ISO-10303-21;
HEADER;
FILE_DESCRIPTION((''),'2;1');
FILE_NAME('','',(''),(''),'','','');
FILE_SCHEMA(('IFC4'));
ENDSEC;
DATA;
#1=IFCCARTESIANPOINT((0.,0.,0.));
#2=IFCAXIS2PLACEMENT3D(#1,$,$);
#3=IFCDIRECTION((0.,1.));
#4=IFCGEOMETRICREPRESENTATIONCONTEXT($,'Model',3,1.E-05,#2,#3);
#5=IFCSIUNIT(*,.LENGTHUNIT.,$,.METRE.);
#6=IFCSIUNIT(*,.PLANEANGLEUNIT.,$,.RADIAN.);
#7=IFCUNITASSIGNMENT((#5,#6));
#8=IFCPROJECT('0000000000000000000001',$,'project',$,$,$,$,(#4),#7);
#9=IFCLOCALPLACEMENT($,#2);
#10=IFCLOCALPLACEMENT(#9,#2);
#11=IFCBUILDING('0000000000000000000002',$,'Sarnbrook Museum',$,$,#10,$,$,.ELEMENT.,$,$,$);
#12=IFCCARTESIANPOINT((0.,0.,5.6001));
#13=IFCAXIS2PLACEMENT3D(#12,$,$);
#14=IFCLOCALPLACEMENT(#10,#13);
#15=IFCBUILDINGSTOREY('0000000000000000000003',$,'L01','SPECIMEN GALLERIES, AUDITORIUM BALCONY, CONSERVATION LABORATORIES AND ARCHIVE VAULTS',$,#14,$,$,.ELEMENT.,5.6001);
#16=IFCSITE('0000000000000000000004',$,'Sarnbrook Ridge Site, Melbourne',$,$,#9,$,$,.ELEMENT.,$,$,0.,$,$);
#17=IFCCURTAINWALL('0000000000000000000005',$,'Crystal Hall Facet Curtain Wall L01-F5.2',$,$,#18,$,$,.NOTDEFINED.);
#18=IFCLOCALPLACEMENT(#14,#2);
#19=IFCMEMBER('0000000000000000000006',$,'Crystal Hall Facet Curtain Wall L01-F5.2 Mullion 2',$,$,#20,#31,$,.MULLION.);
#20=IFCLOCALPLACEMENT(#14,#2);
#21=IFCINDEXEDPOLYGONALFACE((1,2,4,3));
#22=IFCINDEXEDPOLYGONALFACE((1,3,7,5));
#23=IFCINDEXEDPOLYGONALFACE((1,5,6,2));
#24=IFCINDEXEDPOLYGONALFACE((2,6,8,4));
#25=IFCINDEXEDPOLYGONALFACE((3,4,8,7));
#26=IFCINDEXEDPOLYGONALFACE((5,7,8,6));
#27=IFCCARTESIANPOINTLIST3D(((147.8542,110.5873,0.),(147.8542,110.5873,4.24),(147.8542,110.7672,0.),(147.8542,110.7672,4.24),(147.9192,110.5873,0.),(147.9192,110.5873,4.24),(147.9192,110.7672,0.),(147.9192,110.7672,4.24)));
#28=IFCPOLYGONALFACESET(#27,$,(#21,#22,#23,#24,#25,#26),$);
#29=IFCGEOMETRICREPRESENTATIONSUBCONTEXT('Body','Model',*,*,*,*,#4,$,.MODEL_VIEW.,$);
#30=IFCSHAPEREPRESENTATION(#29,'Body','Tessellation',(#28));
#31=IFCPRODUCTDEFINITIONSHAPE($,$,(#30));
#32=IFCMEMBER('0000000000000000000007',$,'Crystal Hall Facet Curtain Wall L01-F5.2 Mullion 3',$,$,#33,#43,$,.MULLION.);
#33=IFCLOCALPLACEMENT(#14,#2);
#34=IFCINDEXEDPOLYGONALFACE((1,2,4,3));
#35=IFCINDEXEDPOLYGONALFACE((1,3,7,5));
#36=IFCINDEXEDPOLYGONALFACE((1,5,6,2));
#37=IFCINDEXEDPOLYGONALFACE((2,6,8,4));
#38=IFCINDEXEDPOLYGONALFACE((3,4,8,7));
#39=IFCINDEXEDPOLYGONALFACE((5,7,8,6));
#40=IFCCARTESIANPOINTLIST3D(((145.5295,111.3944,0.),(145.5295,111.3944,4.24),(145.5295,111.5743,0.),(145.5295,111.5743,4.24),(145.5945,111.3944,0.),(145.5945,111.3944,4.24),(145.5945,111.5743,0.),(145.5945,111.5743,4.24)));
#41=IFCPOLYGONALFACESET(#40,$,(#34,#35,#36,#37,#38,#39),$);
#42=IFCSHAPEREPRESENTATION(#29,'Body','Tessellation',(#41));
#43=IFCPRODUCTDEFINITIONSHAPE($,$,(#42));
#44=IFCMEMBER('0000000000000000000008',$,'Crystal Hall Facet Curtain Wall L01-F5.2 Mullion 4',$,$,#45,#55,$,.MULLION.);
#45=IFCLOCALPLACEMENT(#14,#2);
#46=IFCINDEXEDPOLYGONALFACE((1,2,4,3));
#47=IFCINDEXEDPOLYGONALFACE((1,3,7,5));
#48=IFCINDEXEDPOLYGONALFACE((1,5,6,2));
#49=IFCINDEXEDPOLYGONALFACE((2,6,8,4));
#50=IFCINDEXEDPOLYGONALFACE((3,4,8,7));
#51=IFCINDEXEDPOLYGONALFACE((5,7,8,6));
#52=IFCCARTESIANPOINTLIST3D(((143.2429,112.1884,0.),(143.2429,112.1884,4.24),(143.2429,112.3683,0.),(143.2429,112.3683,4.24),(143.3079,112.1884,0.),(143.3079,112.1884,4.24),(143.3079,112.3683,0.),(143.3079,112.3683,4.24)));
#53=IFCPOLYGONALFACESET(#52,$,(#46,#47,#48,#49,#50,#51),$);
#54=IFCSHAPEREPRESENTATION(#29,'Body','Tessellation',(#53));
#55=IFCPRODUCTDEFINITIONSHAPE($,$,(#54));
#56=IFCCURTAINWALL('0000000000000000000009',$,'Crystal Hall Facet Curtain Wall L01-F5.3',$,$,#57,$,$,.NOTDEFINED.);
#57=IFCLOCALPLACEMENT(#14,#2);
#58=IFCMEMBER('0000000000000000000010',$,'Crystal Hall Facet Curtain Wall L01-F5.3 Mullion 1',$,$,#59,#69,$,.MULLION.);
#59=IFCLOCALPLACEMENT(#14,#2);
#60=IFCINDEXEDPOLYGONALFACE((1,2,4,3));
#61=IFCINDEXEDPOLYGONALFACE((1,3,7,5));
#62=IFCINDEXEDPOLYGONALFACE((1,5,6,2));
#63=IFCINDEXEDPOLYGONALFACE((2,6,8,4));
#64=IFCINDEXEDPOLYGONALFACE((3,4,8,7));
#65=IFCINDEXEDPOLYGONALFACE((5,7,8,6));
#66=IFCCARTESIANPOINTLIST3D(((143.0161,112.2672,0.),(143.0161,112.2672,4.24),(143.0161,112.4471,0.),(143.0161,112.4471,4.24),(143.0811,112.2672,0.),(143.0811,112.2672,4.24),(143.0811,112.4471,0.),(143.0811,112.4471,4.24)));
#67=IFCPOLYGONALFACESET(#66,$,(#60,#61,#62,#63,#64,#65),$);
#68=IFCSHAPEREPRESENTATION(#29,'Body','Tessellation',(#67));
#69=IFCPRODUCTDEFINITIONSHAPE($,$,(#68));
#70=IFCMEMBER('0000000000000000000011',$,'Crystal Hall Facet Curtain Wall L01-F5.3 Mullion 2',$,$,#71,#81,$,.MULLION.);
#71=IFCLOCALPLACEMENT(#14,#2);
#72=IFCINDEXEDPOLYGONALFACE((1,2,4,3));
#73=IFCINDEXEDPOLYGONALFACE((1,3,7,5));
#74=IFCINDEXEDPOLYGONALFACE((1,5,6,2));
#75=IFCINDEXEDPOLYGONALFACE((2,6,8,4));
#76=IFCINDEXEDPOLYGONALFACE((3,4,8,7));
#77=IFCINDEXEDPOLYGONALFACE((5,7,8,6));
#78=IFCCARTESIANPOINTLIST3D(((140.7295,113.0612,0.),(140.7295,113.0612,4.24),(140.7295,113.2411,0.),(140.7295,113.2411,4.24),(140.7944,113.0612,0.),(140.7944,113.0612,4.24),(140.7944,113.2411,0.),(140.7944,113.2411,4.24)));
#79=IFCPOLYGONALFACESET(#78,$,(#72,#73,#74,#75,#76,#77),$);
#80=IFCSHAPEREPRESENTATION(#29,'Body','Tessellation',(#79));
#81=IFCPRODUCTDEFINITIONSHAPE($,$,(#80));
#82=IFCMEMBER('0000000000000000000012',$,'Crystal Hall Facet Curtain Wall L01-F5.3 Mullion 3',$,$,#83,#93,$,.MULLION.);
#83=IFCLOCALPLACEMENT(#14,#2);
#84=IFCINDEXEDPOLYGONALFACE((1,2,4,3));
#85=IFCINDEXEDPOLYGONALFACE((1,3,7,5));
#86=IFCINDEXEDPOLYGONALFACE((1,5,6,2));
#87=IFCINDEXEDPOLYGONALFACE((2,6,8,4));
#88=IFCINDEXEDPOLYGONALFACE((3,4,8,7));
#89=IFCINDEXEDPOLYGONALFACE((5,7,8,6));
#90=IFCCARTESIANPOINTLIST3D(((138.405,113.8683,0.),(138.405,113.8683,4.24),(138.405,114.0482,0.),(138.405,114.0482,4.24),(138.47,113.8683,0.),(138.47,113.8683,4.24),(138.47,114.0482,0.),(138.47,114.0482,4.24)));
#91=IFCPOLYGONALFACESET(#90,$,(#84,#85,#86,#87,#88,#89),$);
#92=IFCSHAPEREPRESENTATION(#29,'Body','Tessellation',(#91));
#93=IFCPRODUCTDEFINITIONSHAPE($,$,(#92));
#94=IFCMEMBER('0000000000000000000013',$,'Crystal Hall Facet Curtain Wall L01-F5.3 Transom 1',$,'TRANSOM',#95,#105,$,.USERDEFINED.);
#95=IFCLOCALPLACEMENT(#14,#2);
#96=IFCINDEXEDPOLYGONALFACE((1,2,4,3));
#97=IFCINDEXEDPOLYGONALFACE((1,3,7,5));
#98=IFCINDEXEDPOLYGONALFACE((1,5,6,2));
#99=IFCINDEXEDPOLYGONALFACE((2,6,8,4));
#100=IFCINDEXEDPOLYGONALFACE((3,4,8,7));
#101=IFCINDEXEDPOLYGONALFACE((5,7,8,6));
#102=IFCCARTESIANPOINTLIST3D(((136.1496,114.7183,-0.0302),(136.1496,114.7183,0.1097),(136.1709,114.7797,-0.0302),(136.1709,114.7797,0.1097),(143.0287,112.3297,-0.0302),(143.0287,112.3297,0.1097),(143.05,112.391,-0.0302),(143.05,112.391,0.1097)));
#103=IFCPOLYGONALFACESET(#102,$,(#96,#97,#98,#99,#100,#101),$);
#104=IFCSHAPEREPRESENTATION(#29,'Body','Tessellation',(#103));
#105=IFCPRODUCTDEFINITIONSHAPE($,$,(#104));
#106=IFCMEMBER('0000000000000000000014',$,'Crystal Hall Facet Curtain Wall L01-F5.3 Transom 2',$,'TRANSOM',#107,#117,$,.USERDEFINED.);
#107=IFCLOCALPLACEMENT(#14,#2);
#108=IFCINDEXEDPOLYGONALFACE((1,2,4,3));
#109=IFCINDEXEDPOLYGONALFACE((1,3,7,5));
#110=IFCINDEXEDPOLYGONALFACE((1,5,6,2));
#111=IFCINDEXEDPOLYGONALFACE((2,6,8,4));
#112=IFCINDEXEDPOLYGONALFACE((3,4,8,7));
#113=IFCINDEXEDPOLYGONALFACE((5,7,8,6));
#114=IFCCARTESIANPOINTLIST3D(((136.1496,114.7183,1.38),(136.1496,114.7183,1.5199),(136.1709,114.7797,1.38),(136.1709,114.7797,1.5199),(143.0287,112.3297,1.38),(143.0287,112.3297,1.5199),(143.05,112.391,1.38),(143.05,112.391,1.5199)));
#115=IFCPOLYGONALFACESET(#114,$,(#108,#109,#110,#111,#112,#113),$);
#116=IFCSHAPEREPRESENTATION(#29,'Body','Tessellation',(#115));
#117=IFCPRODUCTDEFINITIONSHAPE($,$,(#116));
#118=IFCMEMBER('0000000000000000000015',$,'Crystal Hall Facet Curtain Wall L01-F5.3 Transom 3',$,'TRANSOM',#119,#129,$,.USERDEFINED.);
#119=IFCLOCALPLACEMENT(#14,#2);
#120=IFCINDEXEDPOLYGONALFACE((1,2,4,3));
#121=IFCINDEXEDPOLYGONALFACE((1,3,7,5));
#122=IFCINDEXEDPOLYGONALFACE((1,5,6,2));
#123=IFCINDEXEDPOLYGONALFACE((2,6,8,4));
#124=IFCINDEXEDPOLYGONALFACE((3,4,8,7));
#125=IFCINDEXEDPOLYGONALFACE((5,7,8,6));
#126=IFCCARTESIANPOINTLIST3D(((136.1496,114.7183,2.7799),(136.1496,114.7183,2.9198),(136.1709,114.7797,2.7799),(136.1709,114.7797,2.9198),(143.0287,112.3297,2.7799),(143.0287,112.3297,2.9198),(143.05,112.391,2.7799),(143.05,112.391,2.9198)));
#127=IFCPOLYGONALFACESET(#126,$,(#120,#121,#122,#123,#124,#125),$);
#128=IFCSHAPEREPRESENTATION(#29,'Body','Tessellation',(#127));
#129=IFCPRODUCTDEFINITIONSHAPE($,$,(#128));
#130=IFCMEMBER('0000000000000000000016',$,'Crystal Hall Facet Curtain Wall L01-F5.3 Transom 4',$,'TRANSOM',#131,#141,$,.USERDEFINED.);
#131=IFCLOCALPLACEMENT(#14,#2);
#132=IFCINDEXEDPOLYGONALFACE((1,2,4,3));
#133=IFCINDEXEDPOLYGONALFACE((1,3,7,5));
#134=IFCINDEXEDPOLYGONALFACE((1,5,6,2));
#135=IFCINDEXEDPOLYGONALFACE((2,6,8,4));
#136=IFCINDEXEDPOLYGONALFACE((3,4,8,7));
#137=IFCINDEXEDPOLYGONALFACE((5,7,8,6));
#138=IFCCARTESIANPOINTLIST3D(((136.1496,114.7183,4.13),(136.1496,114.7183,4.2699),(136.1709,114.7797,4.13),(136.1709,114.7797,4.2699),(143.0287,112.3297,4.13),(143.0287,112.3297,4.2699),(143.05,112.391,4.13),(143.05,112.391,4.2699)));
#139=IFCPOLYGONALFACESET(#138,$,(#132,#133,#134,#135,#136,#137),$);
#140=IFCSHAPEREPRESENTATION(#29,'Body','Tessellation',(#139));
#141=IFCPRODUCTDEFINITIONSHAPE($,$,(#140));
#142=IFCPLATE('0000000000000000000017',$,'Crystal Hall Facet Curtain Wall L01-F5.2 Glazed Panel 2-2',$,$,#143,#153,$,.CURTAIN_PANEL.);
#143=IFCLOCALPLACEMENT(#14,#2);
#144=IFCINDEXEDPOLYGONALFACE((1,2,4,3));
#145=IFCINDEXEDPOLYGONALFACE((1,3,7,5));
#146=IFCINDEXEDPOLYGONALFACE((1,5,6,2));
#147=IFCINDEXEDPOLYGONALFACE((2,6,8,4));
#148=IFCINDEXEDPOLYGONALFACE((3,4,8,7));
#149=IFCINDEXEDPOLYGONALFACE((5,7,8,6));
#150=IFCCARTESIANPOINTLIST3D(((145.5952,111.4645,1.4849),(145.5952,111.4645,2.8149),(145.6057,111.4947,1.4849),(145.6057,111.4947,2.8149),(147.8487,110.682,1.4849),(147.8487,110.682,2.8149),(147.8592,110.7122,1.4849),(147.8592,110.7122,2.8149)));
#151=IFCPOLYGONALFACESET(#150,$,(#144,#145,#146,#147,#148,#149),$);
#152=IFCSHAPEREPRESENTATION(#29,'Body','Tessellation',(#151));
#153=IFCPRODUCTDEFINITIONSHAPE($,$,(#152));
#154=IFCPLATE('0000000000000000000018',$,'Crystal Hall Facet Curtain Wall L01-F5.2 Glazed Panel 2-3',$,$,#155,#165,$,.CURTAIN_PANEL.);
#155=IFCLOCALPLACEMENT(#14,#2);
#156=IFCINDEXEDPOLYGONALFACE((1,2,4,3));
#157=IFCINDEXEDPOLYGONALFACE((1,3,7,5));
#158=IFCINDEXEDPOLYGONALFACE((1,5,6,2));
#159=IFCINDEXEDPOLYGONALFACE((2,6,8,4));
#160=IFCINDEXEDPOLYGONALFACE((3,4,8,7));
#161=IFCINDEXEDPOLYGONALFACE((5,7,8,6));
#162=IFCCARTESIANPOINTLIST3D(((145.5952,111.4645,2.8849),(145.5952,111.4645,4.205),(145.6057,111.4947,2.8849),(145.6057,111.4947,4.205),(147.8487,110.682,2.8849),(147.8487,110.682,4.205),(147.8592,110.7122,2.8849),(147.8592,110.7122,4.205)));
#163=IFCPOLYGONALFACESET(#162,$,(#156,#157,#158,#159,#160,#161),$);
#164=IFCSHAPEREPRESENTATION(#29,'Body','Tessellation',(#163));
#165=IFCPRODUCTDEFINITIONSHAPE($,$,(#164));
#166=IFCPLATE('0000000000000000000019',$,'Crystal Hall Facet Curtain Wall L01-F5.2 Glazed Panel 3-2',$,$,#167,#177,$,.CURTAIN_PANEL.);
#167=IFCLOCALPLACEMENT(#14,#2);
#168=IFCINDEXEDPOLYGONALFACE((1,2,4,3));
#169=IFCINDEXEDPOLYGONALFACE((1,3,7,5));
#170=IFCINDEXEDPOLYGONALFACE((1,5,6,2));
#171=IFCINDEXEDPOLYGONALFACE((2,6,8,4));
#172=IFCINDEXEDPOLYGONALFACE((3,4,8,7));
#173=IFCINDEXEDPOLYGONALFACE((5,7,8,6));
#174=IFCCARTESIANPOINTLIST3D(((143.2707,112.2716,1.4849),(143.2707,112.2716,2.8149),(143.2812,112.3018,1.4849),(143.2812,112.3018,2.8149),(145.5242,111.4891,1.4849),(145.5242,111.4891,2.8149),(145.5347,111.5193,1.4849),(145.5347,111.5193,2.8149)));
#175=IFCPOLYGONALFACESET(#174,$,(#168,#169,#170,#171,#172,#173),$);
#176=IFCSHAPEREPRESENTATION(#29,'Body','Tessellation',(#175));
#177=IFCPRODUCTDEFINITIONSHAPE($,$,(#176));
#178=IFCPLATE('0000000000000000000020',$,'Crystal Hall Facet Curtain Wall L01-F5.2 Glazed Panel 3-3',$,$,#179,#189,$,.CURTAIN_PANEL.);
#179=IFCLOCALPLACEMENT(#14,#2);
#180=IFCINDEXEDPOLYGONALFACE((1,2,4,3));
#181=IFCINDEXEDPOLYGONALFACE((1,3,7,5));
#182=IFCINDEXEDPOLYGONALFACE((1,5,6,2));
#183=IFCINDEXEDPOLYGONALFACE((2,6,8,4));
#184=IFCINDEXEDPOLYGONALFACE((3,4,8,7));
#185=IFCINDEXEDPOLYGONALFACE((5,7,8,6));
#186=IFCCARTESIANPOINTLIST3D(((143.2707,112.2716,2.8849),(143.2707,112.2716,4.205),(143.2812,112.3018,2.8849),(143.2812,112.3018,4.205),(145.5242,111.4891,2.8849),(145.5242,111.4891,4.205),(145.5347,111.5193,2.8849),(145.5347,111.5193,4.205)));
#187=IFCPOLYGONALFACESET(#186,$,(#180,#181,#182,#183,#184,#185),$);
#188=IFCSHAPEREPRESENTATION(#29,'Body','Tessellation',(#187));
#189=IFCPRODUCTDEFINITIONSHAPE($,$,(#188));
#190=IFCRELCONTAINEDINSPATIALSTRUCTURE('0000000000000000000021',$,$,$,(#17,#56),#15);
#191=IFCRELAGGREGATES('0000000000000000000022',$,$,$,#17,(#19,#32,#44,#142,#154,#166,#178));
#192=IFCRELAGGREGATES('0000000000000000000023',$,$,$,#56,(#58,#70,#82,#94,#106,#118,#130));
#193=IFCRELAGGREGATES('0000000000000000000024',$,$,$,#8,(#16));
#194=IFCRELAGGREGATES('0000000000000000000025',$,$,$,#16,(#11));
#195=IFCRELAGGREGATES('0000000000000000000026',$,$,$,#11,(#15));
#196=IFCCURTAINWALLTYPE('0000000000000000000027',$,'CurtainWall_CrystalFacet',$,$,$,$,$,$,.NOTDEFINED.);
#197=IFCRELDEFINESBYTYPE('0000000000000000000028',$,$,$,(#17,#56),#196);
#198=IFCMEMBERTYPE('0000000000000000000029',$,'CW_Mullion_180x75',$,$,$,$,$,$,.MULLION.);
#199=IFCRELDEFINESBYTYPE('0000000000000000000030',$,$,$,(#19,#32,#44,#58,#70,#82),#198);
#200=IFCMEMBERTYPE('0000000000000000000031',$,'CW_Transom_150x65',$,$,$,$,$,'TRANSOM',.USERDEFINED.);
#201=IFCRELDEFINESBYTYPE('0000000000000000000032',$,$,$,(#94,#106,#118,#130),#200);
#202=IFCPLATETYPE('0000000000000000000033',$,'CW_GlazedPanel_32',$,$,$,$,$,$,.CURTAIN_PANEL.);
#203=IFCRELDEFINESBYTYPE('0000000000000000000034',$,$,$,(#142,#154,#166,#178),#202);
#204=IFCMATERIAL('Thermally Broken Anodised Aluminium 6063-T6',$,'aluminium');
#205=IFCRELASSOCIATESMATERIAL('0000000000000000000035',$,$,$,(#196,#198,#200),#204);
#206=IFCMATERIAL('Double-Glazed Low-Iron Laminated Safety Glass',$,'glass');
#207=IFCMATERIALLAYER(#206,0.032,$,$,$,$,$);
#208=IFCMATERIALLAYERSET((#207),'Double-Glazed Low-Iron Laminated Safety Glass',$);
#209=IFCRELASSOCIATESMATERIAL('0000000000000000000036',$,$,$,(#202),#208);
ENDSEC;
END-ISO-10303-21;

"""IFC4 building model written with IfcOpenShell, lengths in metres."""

from ifc_helpers import new_model, si_unit, direction, frame, origin, origin_2d, place, context, subcontext, project, spatial, rectangle, extrude, material, layer, layer_set, material_profile, profile_set, type_object, element, aggregate, save


model = new_model("IFC4")

# Units and contexts
model_context = context("Model", 3, precision=1e-05, world=origin(), true_north=direction((0.0, 1.0)))
body_context = subcontext(model_context, "Body", "Model", "MODEL_VIEW")
ifc_project = project(units=[si_unit("LENGTHUNIT", "METRE"), si_unit("PLANEANGLEUNIT", "RADIAN")], contexts=[model_context])

# Site, building, storey
site_placement = place(None, origin())
site = spatial("IfcSite", under=ifc_project, at=site_placement, Name="Sarnbrook Ridge Site, Melbourne", CompositionType="ELEMENT", RefElevation=0.0)
building_placement = place(site_placement, origin())
building = spatial("IfcBuilding", under=site, at=building_placement, Name="Sarnbrook Museum", CompositionType="ELEMENT")
storey_placement = place(building_placement, frame((0.0, 0.0, 5.6001)))
storey = spatial("IfcBuildingStorey", under=building, at=storey_placement, Name="L01", Description="SPECIMEN GALLERIES, AUDITORIUM BALCONY, CONSERVATION LABORATORIES AND ARCHIVE VAULTS", CompositionType="ELEMENT", Elevation=5.6001)

# Curtain walls, members
ifc_material_1 = material(Name="Thermally Broken Anodised Aluminium 6063-T6", Category="aluminium")
curtain_wall_type = type_object("IfcCurtainWallType", Name="CurtainWall_CrystalFacet", PredefinedType="NOTDEFINED", material=ifc_material_1)
curtain_wall_1_placement = place(storey_placement, origin())
curtain_wall_1 = element("IfcCurtainWall", 1, at=curtain_wall_1_placement, inside=storey, type_object=curtain_wall_type, Name="Crystal Hall Facet Curtain Wall L01-F5.2", PredefinedType="NOTDEFINED")
ifc_material_profile_1 = material_profile(ifc_material_1, rectangle(XDim=0.0649, YDim=0.1799, at=origin_2d()), Name="ALU MULLION 65x180")
ifc_profile_set_1 = profile_set([ifc_material_profile_1], Name="Thermally Broken Anodised Aluminium 6063-T6")
member_type_1 = type_object("IfcMemberType", Name="CW_Mullion_180x75", PredefinedType="MULLION", material=ifc_profile_set_1)
member_1_placement = place(storey_placement, frame((147.8867, 110.6772, 0.0), z_axis=(0.0, 0.0, 1.0), x_axis=(1.0, 0.0, 0.0)))
member_1 = element("IfcMember", 2, at=member_1_placement, type_object=member_type_1, Name="Crystal Hall Facet Curtain Wall L01-F5.2 Mullion 2", PredefinedType="MULLION", context=body_context, shape_type="SweptSolid", body=[
    extrude(rectangle(XDim=0.0649, YDim=0.1799, at=origin_2d()), origin(), (0.0, 0.0, 1.0), 4.24),
])
member_2_placement = place(storey_placement, frame((145.562, 111.4844, 0.0), z_axis=(0.0, 0.0, 1.0), x_axis=(1.0, 0.0, 0.0)))
member_2 = element("IfcMember", 3, at=member_2_placement, type_object=member_type_1, Name="Crystal Hall Facet Curtain Wall L01-F5.2 Mullion 3", PredefinedType="MULLION", context=body_context, shape_type="SweptSolid", body=[
    extrude(rectangle(XDim=0.0649, YDim=0.1799, at=origin_2d()), origin(), (0.0, 0.0, 1.0), 4.24),
])
member_3_placement = place(storey_placement, frame((143.2754, 112.2783, 0.0), z_axis=(0.0, 0.0, 1.0), x_axis=(1.0, 0.0, 0.0)))
member_3 = element("IfcMember", 4, at=member_3_placement, type_object=member_type_1, Name="Crystal Hall Facet Curtain Wall L01-F5.2 Mullion 4", PredefinedType="MULLION", context=body_context, shape_type="SweptSolid", body=[
    extrude(rectangle(XDim=0.0649, YDim=0.1799, at=origin_2d()), origin(), (0.0, 0.0, 1.0), 4.24),
])
curtain_wall_2_placement = place(storey_placement, origin())
curtain_wall_2 = element("IfcCurtainWall", 5, at=curtain_wall_2_placement, inside=storey, type_object=curtain_wall_type, Name="Crystal Hall Facet Curtain Wall L01-F5.3", PredefinedType="NOTDEFINED")
member_4_placement = place(storey_placement, frame((143.0486, 112.3572, 0.0), z_axis=(0.0, 0.0, 1.0), x_axis=(1.0, 0.0, 0.0)))
member_4 = element("IfcMember", 6, at=member_4_placement, type_object=member_type_1, Name="Crystal Hall Facet Curtain Wall L01-F5.3 Mullion 1", PredefinedType="MULLION", context=body_context, shape_type="SweptSolid", body=[
    extrude(rectangle(XDim=0.0649, YDim=0.1799, at=origin_2d()), origin(), (0.0, 0.0, 1.0), 4.24),
])
member_5_placement = place(storey_placement, frame((140.762, 113.1511, 0.0), z_axis=(0.0, 0.0, 1.0), x_axis=(1.0, 0.0, 0.0)))
member_5 = element("IfcMember", 7, at=member_5_placement, type_object=member_type_1, Name="Crystal Hall Facet Curtain Wall L01-F5.3 Mullion 2", PredefinedType="MULLION", context=body_context, shape_type="SweptSolid", body=[
    extrude(rectangle(XDim=0.0649, YDim=0.1799, at=origin_2d()), origin(), (0.0, 0.0, 1.0), 4.24),
])
member_6_placement = place(storey_placement, frame((138.4375, 113.9583, 0.0), z_axis=(0.0, 0.0, 1.0), x_axis=(1.0, 0.0, 0.0)))
member_6 = element("IfcMember", 8, at=member_6_placement, type_object=member_type_1, Name="Crystal Hall Facet Curtain Wall L01-F5.3 Mullion 3", PredefinedType="MULLION", context=body_context, shape_type="SweptSolid", body=[
    extrude(rectangle(XDim=0.0649, YDim=0.1799, at=origin_2d()), origin(), (0.0, 0.0, 1.0), 4.24),
])
ifc_material_profile_2 = material_profile(ifc_material_1, rectangle(XDim=0.0649, YDim=0.1399, at=origin_2d()), Name="ALU TRANSOM 65x140")
ifc_profile_set_2 = profile_set([ifc_material_profile_2], Name="Thermally Broken Anodised Aluminium 6063-T6")
member_type_2 = type_object("IfcMemberType", Name="CW_Transom_150x65", ElementType="TRANSOM", PredefinedType="USERDEFINED", material=ifc_profile_set_2)
member_7_placement = place(storey_placement, frame((143.0393, 112.3604, 0.0398), z_axis=(-0.94467, 0.328021, 0.0), x_axis=(-0.328021, -0.94467, 0.0)))
member_7 = element("IfcMember", 9, at=member_7_placement, type_object=member_type_2, Name="Crystal Hall Facet Curtain Wall L01-F5.3 Transom 1", ObjectType="TRANSOM", PredefinedType="USERDEFINED", context=body_context, shape_type="SweptSolid", body=[
    extrude(rectangle(XDim=0.0649, YDim=0.1399, at=origin_2d()), origin(), (0.0, 0.0, 1.0), 7.282),
])
member_8_placement = place(storey_placement, frame((143.0393, 112.3604, 1.45), z_axis=(-0.94467, 0.328021, 0.0), x_axis=(-0.328021, -0.94467, 0.0)))
member_8 = element("IfcMember", 10, at=member_8_placement, type_object=member_type_2, Name="Crystal Hall Facet Curtain Wall L01-F5.3 Transom 2", ObjectType="TRANSOM", PredefinedType="USERDEFINED", context=body_context, shape_type="SweptSolid", body=[
    extrude(rectangle(XDim=0.0649, YDim=0.1399, at=origin_2d()), origin(), (0.0, 0.0, 1.0), 7.282),
])
member_9_placement = place(storey_placement, frame((143.0393, 112.3604, 2.8499), z_axis=(-0.94467, 0.328021, 0.0), x_axis=(-0.328021, -0.94467, 0.0)))
member_9 = element("IfcMember", 11, at=member_9_placement, type_object=member_type_2, Name="Crystal Hall Facet Curtain Wall L01-F5.3 Transom 3", ObjectType="TRANSOM", PredefinedType="USERDEFINED", context=body_context, shape_type="SweptSolid", body=[
    extrude(rectangle(XDim=0.0649, YDim=0.1399, at=origin_2d()), origin(), (0.0, 0.0, 1.0), 7.282),
])
member_10_placement = place(storey_placement, frame((143.0393, 112.3604, 4.2), z_axis=(-0.94467, 0.328021, 0.0), x_axis=(-0.328021, -0.94467, 0.0)))
member_10 = element("IfcMember", 12, at=member_10_placement, type_object=member_type_2, Name="Crystal Hall Facet Curtain Wall L01-F5.3 Transom 4", ObjectType="TRANSOM", PredefinedType="USERDEFINED", context=body_context, shape_type="SweptSolid", body=[
    extrude(rectangle(XDim=0.0649, YDim=0.1399, at=origin_2d()), origin(), (0.0, 0.0, 1.0), 7.282),
])

# Plates
ifc_material_2 = material(Name="Double-Glazed Low-Iron Laminated Safety Glass", Category="glass")
ifc_layer_1 = layer(ifc_material_2, 0.032)
ifc_layer_set_1 = layer_set([ifc_layer_1], Name="Double-Glazed Low-Iron Laminated Safety Glass")
plate_type_1 = type_object("IfcPlateType", Name="CW_GlazedPanel_32", PredefinedType="CURTAIN_PANEL", material=ifc_layer_set_1)
plate_1_placement = place(storey_placement, frame((146.7219, 111.0732, 2.1499), z_axis=(0.328012, 0.944674, 0.0), x_axis=(-0.944674, 0.328012, 0.0)))
plate_1 = element("IfcPlate", 13, at=plate_1_placement, type_object=plate_type_1, Name="Crystal Hall Facet Curtain Wall L01-F5.2 Glazed Panel 2-2", PredefinedType="CURTAIN_PANEL", context=body_context, shape_type="SweptSolid", body=[
    extrude(rectangle(XDim=2.3855, YDim=1.3301, at=origin_2d()), origin(), (0.0, 0.0, 1.0), 0.032),
])
plate_2_placement = place(storey_placement, frame((146.7219, 111.0732, 3.5449), z_axis=(0.328012, 0.944674, 0.0), x_axis=(-0.944674, 0.328012, 0.0)))
plate_2 = element("IfcPlate", 14, at=plate_2_placement, type_object=plate_type_1, Name="Crystal Hall Facet Curtain Wall L01-F5.2 Glazed Panel 2-3", PredefinedType="CURTAIN_PANEL", context=body_context, shape_type="SweptSolid", body=[
    extrude(rectangle(XDim=2.3855, YDim=1.3201, at=origin_2d()), origin(), (0.0, 0.0, 1.0), 0.032),
])
plate_3_placement = place(storey_placement, frame((144.3975, 111.8804, 2.1499), z_axis=(0.328012, 0.944674, 0.0), x_axis=(-0.944674, 0.328012, 0.0)))
plate_3 = element("IfcPlate", 15, at=plate_3_placement, type_object=plate_type_1, Name="Crystal Hall Facet Curtain Wall L01-F5.2 Glazed Panel 3-2", PredefinedType="CURTAIN_PANEL", context=body_context, shape_type="SweptSolid", body=[
    extrude(rectangle(XDim=2.3855, YDim=1.3301, at=origin_2d()), origin(), (0.0, 0.0, 1.0), 0.032),
])
plate_4_placement = place(storey_placement, frame((144.3975, 111.8804, 3.5449), z_axis=(0.328012, 0.944674, 0.0), x_axis=(-0.944674, 0.328012, 0.0)))
plate_4 = element("IfcPlate", 16, at=plate_4_placement, type_object=plate_type_1, Name="Crystal Hall Facet Curtain Wall L01-F5.2 Glazed Panel 3-3", PredefinedType="CURTAIN_PANEL", context=body_context, shape_type="SweptSolid", body=[
    extrude(rectangle(XDim=2.3855, YDim=1.3201, at=origin_2d()), origin(), (0.0, 0.0, 1.0), 0.032),
])
aggregate(curtain_wall_1, [member_1, member_2, member_3, plate_1, plate_2, plate_3, plate_4])
aggregate(curtain_wall_2, [member_4, member_5, member_6, member_7, member_8, member_9, member_10])

save(model, "model.ifc")
